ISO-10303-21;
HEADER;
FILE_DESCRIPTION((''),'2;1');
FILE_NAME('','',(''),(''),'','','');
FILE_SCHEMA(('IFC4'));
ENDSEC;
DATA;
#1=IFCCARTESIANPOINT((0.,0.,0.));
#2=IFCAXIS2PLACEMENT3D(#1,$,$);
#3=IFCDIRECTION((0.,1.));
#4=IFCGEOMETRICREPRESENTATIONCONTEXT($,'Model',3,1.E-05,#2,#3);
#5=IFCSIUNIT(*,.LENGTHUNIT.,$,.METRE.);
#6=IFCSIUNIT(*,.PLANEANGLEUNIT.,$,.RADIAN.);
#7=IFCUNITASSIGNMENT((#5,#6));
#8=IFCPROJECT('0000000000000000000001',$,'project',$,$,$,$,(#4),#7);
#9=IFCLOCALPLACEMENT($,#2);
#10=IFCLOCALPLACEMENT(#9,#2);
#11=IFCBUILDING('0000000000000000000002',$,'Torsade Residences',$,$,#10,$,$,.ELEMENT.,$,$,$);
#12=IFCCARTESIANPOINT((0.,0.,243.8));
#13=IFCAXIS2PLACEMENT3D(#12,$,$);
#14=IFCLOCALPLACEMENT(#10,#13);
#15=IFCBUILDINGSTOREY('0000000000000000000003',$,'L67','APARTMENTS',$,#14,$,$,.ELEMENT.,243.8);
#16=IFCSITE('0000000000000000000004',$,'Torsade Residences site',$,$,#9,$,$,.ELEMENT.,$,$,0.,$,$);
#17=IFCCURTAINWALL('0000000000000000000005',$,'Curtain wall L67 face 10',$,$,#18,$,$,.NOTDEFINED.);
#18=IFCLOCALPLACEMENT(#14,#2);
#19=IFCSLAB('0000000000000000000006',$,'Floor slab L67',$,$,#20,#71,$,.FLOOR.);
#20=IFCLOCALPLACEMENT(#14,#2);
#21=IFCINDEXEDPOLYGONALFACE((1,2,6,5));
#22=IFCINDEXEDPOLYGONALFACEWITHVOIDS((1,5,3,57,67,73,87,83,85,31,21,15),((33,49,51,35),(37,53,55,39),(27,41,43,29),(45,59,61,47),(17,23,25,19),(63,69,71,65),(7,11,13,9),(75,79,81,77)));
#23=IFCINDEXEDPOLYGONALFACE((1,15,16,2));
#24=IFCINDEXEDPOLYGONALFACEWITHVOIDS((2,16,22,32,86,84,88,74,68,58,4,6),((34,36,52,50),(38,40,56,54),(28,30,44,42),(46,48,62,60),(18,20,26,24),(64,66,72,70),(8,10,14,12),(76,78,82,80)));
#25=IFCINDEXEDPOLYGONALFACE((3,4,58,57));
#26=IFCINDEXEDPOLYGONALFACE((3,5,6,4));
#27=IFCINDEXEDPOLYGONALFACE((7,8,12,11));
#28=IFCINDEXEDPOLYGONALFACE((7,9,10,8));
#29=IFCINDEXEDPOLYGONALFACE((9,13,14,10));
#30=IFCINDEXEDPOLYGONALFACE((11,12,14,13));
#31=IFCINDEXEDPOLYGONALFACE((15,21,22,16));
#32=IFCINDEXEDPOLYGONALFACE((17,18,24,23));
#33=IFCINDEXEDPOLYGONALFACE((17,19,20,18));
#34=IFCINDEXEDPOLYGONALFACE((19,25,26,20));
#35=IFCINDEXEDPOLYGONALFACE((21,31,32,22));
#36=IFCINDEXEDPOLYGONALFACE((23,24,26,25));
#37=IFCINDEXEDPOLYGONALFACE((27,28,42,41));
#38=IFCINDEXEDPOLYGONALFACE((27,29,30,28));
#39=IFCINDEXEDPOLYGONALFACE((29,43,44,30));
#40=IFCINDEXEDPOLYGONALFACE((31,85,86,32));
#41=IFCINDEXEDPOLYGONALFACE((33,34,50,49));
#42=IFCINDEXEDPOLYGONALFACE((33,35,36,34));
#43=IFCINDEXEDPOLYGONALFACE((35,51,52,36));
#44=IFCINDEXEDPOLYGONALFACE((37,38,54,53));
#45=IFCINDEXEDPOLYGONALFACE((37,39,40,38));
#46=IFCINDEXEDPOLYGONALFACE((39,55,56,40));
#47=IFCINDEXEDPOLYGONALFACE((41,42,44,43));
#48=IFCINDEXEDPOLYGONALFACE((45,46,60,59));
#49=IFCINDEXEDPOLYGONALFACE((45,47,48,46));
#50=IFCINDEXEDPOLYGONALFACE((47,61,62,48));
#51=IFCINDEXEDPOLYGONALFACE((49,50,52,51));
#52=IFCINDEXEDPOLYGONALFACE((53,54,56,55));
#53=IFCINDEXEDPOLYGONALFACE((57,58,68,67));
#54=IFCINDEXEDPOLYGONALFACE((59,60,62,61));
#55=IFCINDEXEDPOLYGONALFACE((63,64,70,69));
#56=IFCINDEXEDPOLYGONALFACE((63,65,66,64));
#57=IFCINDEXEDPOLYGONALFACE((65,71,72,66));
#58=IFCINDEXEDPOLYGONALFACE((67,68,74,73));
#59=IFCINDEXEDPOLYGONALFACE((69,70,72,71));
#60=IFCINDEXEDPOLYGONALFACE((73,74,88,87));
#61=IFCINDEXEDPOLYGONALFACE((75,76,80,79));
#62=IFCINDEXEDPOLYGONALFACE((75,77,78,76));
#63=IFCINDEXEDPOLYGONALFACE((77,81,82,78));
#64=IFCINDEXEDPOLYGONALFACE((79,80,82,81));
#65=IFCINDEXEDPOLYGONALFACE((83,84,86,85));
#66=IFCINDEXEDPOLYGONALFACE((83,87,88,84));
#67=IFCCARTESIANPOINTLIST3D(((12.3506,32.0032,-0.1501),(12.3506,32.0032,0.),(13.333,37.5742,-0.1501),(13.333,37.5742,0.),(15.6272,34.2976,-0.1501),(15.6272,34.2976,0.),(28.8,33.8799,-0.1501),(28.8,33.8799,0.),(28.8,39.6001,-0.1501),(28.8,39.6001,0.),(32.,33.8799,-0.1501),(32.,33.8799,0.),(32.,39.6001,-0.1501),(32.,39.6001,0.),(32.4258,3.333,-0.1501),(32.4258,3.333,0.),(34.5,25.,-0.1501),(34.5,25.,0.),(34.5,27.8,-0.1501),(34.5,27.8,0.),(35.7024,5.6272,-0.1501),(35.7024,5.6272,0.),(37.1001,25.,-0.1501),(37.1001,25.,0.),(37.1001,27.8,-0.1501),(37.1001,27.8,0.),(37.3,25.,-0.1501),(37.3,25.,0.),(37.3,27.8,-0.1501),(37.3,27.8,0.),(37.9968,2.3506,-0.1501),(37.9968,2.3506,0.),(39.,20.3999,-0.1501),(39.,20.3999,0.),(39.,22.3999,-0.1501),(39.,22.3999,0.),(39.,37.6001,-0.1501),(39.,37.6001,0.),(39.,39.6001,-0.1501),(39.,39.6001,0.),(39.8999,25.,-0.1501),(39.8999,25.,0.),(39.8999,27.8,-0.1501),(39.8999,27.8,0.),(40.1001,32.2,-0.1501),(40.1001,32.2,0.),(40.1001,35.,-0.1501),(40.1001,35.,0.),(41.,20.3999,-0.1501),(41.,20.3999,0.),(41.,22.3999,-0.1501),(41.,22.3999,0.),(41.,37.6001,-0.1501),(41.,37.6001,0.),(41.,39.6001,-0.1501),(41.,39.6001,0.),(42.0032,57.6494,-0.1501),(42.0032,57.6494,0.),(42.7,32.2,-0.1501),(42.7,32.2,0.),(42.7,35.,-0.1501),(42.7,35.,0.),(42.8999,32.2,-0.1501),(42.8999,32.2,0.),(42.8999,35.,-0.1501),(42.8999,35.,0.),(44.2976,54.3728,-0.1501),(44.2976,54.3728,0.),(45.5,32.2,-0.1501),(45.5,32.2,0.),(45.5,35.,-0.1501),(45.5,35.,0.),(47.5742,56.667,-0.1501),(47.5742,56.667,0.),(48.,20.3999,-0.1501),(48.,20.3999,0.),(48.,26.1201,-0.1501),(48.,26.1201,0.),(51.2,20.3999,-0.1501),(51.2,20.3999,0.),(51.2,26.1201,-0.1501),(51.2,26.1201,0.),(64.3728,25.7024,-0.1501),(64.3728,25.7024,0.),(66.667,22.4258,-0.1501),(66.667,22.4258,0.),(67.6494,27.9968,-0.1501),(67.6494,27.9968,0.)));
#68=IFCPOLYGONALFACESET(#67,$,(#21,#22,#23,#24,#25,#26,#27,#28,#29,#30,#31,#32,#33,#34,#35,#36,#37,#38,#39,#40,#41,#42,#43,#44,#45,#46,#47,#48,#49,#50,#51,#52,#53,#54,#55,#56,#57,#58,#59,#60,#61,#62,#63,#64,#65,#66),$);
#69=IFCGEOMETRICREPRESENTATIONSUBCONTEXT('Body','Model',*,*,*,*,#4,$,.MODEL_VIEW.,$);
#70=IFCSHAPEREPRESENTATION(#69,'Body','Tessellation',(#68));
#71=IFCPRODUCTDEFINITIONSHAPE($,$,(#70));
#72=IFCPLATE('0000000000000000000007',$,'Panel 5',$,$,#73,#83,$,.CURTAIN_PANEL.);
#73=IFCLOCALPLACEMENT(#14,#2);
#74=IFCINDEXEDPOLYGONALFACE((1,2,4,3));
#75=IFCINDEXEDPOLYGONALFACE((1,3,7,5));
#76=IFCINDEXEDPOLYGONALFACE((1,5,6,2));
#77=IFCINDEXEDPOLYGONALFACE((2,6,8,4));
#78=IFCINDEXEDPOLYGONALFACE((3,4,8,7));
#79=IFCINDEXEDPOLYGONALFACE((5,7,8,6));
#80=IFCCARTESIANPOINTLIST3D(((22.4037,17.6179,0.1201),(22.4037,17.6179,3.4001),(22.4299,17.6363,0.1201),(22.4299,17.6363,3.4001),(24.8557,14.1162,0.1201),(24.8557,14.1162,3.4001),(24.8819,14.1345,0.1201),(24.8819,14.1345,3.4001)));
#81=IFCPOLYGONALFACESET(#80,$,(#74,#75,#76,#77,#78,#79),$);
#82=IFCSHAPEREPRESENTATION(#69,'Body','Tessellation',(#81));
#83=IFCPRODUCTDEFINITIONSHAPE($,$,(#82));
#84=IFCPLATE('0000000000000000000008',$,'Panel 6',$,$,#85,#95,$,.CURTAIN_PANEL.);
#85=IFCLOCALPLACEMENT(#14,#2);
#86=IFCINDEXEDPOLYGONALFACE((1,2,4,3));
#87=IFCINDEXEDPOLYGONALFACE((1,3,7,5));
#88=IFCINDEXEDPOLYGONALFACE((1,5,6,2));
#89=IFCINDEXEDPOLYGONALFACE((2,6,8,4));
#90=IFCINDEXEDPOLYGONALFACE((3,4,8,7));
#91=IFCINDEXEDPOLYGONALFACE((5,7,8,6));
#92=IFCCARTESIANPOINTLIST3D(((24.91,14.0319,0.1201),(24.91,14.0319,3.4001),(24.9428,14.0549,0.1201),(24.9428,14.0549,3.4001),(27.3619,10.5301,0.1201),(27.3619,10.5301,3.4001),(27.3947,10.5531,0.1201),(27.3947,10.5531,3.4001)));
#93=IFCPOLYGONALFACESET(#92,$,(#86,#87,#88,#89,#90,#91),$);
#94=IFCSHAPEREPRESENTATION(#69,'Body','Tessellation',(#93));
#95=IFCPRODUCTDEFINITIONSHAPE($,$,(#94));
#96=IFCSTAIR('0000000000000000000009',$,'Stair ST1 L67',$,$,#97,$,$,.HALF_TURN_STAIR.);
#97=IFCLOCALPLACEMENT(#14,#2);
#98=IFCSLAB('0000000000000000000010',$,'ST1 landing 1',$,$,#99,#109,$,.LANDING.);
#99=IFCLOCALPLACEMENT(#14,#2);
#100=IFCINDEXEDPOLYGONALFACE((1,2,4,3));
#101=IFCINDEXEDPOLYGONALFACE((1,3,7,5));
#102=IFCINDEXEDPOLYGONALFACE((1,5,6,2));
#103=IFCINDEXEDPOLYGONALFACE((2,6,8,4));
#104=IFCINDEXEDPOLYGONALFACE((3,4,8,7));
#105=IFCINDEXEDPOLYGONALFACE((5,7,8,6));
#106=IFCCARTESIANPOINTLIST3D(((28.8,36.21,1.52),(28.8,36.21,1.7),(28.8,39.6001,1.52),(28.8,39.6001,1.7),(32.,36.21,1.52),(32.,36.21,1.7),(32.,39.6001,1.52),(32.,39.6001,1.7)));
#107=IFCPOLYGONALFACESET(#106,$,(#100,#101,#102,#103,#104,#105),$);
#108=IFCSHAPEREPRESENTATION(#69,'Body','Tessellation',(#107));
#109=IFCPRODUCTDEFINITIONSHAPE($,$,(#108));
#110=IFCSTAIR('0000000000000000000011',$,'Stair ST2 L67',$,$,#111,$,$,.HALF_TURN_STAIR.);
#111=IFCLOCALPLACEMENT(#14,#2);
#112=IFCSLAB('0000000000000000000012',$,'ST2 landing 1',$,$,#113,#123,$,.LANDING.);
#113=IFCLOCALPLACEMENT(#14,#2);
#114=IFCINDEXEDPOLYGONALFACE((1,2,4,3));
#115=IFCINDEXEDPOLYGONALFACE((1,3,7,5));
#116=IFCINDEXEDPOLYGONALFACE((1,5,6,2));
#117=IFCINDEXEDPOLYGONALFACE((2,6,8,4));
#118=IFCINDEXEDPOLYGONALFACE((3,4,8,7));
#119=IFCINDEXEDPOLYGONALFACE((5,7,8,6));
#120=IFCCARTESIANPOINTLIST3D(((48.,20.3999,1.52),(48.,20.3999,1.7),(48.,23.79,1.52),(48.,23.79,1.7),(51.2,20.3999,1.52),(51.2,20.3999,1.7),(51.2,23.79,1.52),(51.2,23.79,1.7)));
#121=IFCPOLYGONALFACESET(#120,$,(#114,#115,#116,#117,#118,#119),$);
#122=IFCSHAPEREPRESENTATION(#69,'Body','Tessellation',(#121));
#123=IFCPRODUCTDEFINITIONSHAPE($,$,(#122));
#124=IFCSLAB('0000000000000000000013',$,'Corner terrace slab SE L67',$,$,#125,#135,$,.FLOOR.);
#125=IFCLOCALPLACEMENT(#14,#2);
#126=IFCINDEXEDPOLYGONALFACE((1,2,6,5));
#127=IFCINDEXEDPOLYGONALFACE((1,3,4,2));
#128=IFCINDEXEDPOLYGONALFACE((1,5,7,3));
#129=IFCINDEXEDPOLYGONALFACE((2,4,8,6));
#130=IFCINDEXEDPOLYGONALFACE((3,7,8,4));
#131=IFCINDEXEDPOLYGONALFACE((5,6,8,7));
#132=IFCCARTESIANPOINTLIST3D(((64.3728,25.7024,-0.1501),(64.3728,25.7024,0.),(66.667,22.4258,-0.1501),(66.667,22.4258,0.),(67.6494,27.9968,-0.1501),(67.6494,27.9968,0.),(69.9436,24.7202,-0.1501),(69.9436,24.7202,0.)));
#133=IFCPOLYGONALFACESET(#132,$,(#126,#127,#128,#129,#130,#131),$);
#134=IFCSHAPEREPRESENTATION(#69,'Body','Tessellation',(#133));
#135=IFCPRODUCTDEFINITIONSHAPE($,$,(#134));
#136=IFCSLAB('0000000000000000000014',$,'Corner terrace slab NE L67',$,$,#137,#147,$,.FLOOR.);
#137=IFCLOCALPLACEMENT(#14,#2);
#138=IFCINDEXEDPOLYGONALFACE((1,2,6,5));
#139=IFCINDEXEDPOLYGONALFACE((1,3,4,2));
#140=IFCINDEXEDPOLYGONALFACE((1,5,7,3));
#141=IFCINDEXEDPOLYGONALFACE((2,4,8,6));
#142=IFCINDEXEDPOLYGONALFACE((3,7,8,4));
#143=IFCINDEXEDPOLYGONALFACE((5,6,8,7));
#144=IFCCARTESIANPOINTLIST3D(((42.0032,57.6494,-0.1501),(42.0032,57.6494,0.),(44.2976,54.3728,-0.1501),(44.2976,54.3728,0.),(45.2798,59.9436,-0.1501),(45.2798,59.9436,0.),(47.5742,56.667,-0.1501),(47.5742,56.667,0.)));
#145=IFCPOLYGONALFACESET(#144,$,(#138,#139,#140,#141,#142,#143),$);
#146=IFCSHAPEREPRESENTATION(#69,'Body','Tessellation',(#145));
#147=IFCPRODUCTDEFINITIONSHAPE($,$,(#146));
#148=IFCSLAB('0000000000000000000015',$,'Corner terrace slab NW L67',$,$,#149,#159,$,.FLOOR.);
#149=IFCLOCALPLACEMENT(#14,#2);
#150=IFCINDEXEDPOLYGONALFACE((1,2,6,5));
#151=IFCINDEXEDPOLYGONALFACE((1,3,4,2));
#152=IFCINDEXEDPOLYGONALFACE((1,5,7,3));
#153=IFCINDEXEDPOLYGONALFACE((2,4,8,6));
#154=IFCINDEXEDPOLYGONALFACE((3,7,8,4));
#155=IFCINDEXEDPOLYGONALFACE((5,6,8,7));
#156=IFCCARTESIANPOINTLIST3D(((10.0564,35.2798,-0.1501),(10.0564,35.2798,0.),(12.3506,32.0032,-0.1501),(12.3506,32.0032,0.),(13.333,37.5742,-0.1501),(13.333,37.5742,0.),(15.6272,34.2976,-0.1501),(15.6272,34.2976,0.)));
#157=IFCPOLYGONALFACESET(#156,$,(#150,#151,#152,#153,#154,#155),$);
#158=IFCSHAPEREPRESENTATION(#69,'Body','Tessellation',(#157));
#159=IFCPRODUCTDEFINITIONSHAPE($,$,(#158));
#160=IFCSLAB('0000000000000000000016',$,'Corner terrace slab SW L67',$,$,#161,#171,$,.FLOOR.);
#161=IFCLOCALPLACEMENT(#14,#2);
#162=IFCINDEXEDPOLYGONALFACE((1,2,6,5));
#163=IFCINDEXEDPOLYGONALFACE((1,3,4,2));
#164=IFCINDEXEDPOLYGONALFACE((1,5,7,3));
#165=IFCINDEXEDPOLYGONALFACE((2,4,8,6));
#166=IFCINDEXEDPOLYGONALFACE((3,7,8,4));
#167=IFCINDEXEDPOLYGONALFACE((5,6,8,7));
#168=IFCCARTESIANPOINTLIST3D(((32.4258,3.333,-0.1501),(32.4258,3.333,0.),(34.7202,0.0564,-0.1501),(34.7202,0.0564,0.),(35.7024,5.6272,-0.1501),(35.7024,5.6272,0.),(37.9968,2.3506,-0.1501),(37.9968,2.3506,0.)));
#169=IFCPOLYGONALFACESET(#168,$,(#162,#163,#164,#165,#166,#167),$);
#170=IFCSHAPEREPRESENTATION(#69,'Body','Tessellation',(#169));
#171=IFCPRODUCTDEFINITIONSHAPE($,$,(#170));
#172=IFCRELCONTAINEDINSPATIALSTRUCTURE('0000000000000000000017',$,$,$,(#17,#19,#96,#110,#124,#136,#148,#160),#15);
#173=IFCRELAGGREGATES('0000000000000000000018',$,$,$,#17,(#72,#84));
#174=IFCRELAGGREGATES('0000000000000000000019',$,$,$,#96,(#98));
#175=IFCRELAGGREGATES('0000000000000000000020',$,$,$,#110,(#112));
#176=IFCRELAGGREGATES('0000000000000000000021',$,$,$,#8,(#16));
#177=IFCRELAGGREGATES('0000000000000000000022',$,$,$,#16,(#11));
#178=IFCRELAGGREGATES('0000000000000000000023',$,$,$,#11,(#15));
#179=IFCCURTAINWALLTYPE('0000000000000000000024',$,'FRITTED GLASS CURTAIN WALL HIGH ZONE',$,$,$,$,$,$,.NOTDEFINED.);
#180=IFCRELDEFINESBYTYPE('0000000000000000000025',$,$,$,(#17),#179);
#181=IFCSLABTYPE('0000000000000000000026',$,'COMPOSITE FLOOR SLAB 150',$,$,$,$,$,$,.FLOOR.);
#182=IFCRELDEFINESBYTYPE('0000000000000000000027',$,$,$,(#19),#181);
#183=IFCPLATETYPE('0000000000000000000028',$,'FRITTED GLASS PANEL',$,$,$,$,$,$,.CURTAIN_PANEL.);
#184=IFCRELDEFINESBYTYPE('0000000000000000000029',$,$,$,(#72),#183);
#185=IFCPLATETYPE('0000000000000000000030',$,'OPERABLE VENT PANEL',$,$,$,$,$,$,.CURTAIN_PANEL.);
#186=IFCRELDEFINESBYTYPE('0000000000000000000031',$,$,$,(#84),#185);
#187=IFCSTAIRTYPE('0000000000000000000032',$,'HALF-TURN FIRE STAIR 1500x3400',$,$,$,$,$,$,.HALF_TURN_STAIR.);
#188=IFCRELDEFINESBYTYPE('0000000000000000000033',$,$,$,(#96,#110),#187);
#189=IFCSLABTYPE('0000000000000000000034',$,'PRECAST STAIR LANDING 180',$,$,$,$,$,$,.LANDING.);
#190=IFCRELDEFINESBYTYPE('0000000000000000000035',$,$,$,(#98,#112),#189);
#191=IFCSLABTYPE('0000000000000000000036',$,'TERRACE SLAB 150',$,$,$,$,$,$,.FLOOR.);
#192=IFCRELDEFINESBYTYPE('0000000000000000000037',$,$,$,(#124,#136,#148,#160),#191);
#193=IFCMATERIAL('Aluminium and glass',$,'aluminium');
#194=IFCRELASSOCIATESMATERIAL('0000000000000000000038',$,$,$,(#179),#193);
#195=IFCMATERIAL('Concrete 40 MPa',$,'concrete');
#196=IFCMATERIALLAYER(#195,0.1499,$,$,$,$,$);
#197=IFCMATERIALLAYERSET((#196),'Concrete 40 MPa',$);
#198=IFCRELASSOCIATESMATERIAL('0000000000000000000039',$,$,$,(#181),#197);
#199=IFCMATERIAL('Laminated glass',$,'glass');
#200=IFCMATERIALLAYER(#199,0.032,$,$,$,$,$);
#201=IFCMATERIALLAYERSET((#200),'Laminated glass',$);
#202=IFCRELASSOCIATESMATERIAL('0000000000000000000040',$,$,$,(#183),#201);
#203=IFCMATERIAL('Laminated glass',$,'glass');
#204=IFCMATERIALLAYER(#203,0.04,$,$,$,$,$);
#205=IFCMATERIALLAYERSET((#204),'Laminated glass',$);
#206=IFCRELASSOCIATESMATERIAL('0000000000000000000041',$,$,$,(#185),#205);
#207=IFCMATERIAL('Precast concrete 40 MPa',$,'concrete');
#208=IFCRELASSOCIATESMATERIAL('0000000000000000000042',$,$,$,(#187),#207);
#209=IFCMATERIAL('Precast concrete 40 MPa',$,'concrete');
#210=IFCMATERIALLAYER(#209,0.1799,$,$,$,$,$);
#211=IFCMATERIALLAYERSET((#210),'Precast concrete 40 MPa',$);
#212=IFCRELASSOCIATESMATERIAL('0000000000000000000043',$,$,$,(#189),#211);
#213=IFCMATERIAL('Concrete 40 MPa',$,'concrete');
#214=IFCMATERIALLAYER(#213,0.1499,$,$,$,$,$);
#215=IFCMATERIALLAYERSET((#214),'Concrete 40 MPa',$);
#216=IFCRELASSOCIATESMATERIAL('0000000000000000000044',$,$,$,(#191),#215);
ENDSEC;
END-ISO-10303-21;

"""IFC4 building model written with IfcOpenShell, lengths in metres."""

from ifc_helpers import new_model, si_unit, direction, frame, origin, origin_2d, place, context, subcontext, project, spatial, polyline, rectangle, outline, extrude, material, layer, layer_set, type_object, element, aggregate, save


model = new_model("IFC4")

# Units and contexts
model_context = context("Model", 3, precision=1e-05, world=origin(), true_north=direction((0.0, 1.0)))
body_context = subcontext(model_context, "Body", "Model", "MODEL_VIEW")
ifc_project = project(units=[si_unit("LENGTHUNIT", "METRE"), si_unit("PLANEANGLEUNIT", "RADIAN")], contexts=[model_context])

# Site, building, storey
site_placement = place(None, origin())
site = spatial("IfcSite", under=ifc_project, at=site_placement, Name="Torsade Residences site", CompositionType="ELEMENT", RefElevation=0.0)
building_placement = place(site_placement, origin())
building = spatial("IfcBuilding", under=site, at=building_placement, Name="Torsade Residences", CompositionType="ELEMENT")
storey_placement = place(building_placement, frame((0.0, 0.0, 243.8)))
storey = spatial("IfcBuildingStorey", under=building, at=storey_placement, Name="L67", Description="APARTMENTS", CompositionType="ELEMENT", Elevation=243.8)

# Curtain wall
ifc_material_1 = material(Name="Aluminium and glass", Category="aluminium")
curtain_wall_type = type_object("IfcCurtainWallType", Name="FRITTED GLASS CURTAIN WALL HIGH ZONE", PredefinedType="NOTDEFINED", material=ifc_material_1)
curtain_wall_placement = place(storey_placement, origin())
curtain_wall = element("IfcCurtainWall", 1, at=curtain_wall_placement, inside=storey, type_object=curtain_wall_type, Name="Curtain wall L67 face 10", PredefinedType="NOTDEFINED")

# Slab
ifc_material_2 = material(Name="Concrete 40 MPa", Category="concrete")
ifc_layer_1 = layer(ifc_material_2, 0.1499)
ifc_layer_set_1 = layer_set([ifc_layer_1], Name="Concrete 40 MPa")
slab_type_1 = type_object("IfcSlabType", Name="COMPOSITE FLOOR SLAB 150", PredefinedType="FLOOR", material=ifc_layer_set_1)
slab_1_placement = place(storey_placement, frame((0.0, 0.0, -0.1501)))
element("IfcSlab", 2, at=slab_1_placement, inside=storey, type_object=slab_type_1, Name="Floor slab L67", PredefinedType="FLOOR", context=body_context, shape_type="SweptSolid", body=[
    extrude(outline(polyline([(37.9968, 2.3506), (66.667, 22.4258), (64.3728, 25.7024), (67.6494, 27.9968), (47.5742, 56.667), (44.2976, 54.3728), (42.0032, 57.6494), (13.333, 37.5742), (15.6272, 34.2976), (12.3506, 32.0032), (32.4258, 3.333), (35.7024, 5.6272), (37.9968, 2.3506)]), holes=[polyline([(51.2, 26.1201), (48.0, 26.1201), (48.0, 20.3999), (51.2, 20.3999), (51.2, 26.1201)]), polyline([(45.5, 35.0), (42.8999, 35.0), (42.8999, 32.2), (45.5, 32.2), (45.5, 35.0)]), polyline([(42.7, 35.0), (40.1001, 35.0), (40.1001, 32.2), (42.7, 32.2), (42.7, 35.0)]), polyline([(41.0, 22.3999), (39.0, 22.3999), (39.0, 20.3999), (41.0, 20.3999), (41.0, 22.3999)]), polyline([(41.0, 39.6001), (39.0, 39.6001), (39.0, 37.6001), (41.0, 37.6001), (41.0, 39.6001)]), polyline([(39.8999, 27.8), (37.3, 27.8), (37.3, 25.0), (39.8999, 25.0), (39.8999, 27.8)]), polyline([(37.1001, 27.8), (34.5, 27.8), (34.5, 25.0), (37.1001, 25.0), (37.1001, 27.8)]), polyline([(32.0, 39.6001), (28.8, 39.6001), (28.8, 33.8799), (32.0, 33.8799), (32.0, 39.6001)])]), origin(), (0.0, 0.0, 1.0), 0.1501),
])

# Plates
ifc_material_3 = material(Name="Laminated glass", Category="glass")
ifc_layer_2 = layer(ifc_material_3, 0.032)
ifc_layer_set_2 = layer_set([ifc_layer_2], Name="Laminated glass")
plate_type_1 = type_object("IfcPlateType", Name="FRITTED GLASS PANEL", PredefinedType="CURTAIN_PANEL", material=ifc_layer_set_2)
plate_1_placement = place(storey_placement, frame((23.6428, 15.8762, 0.1201), z_axis=(0.0, 0.0, 1.0), x_axis=(0.573576, -0.819152, 0.0)))
plate_1 = element("IfcPlate", 3, at=plate_1_placement, type_object=plate_type_1, Name="Panel 5", PredefinedType="CURTAIN_PANEL", context=body_context, shape_type="SweptSolid", body=[
    extrude(rectangle(XDim=4.2749, YDim=0.032, at=origin_2d()), origin(), (0.0, 0.0, 1.0), 3.28),
])
ifc_material_4 = material(Name="Laminated glass", Category="glass")
ifc_layer_3 = layer(ifc_material_4, 0.04)
ifc_layer_set_3 = layer_set([ifc_layer_3], Name="Laminated glass")
plate_type_2 = type_object("IfcPlateType", Name="OPERABLE VENT PANEL", PredefinedType="CURTAIN_PANEL", material=ifc_layer_set_3)
plate_2_placement = place(storey_placement, frame((26.1523, 12.2925, 0.1201), z_axis=(0.0, 0.0, 1.0), x_axis=(0.573576, -0.819152, 0.0)))
plate_2 = element("IfcPlate", 4, at=plate_2_placement, type_object=plate_type_2, Name="Panel 6", PredefinedType="CURTAIN_PANEL", context=body_context, shape_type="SweptSolid", body=[
    extrude(rectangle(XDim=4.2749, YDim=0.04, at=origin_2d()), origin(), (0.0, 0.0, 1.0), 3.28),
])
aggregate(curtain_wall, [plate_1, plate_2])

# Stairs, slabs
ifc_material_5 = material(Name="Precast concrete 40 MPa", Category="concrete")
stair_type = type_object("IfcStairType", Name="HALF-TURN FIRE STAIR 1500x3400", PredefinedType="HALF_TURN_STAIR", material=ifc_material_5)
stair_1_placement = place(storey_placement, origin())
stair_1 = element("IfcStair", 5, at=stair_1_placement, inside=storey, type_object=stair_type, Name="Stair ST1 L67", PredefinedType="HALF_TURN_STAIR")
ifc_material_6 = material(Name="Precast concrete 40 MPa", Category="concrete")
ifc_layer_4 = layer(ifc_material_6, 0.1799)
ifc_layer_set_4 = layer_set([ifc_layer_4], Name="Precast concrete 40 MPa")
slab_type_2 = type_object("IfcSlabType", Name="PRECAST STAIR LANDING 180", PredefinedType="LANDING", material=ifc_layer_set_4)
slab_2_placement = place(storey_placement, frame((0.0, 0.0, 1.52)))
slab_2 = element("IfcSlab", 6, at=slab_2_placement, type_object=slab_type_2, Name="ST1 landing 1", PredefinedType="LANDING", context=body_context, shape_type="SweptSolid", body=[
    extrude(outline(polyline([(28.8, 36.21), (32.0, 36.21), (32.0, 39.6001), (28.8, 39.6001), (28.8, 36.21)])), origin(), (0.0, 0.0, 1.0), 0.1799),
])
aggregate(stair_1, [slab_2])
stair_2_placement = place(storey_placement, origin())
stair_2 = element("IfcStair", 7, at=stair_2_placement, inside=storey, type_object=stair_type, Name="Stair ST2 L67", PredefinedType="HALF_TURN_STAIR")
slab_3_placement = place(storey_placement, frame((0.0, 0.0, 1.52)))
slab_3 = element("IfcSlab", 8, at=slab_3_placement, type_object=slab_type_2, Name="ST2 landing 1", PredefinedType="LANDING", context=body_context, shape_type="SweptSolid", body=[
    extrude(outline(polyline([(48.0, 20.3999), (51.2, 20.3999), (51.2, 23.79), (48.0, 23.79), (48.0, 20.3999)])), origin(), (0.0, 0.0, 1.0), 0.1799),
])
aggregate(stair_2, [slab_3])

# Slabs
ifc_material_7 = material(Name="Concrete 40 MPa", Category="concrete")
ifc_layer_5 = layer(ifc_material_7, 0.1499)
ifc_layer_set_5 = layer_set([ifc_layer_5], Name="Concrete 40 MPa")
slab_type_3 = type_object("IfcSlabType", Name="TERRACE SLAB 150", PredefinedType="FLOOR", material=ifc_layer_set_5)
slab_4_placement = place(storey_placement, frame((0.0, 0.0, -0.1501)))
element("IfcSlab", 9, at=slab_4_placement, inside=storey, type_object=slab_type_3, Name="Corner terrace slab SE L67", PredefinedType="FLOOR", context=body_context, shape_type="SweptSolid", body=[
    extrude(outline(polyline([(66.667, 22.4258), (69.9436, 24.7202), (67.6494, 27.9968), (64.3728, 25.7024), (66.667, 22.4258)])), origin(), (0.0, 0.0, 1.0), 0.1501),
])
slab_5_placement = place(storey_placement, frame((0.0, 0.0, -0.1501)))
element("IfcSlab", 10, at=slab_5_placement, inside=storey, type_object=slab_type_3, Name="Corner terrace slab NE L67", PredefinedType="FLOOR", context=body_context, shape_type="SweptSolid", body=[
    extrude(outline(polyline([(44.2976, 54.3728), (47.5742, 56.667), (45.2798, 59.9436), (42.0032, 57.6494), (44.2976, 54.3728)])), origin(), (0.0, 0.0, 1.0), 0.1501),
])
slab_6_placement = place(storey_placement, frame((0.0, 0.0, -0.1501)))
element("IfcSlab", 11, at=slab_6_placement, inside=storey, type_object=slab_type_3, Name="Corner terrace slab NW L67", PredefinedType="FLOOR", context=body_context, shape_type="SweptSolid", body=[
    extrude(outline(polyline([(12.3506, 32.0032), (15.6272, 34.2976), (13.333, 37.5742), (10.0564, 35.2798), (12.3506, 32.0032)])), origin(), (0.0, 0.0, 1.0), 0.1501),
])
slab_7_placement = place(storey_placement, frame((0.0, 0.0, -0.1501)))
element("IfcSlab", 12, at=slab_7_placement, inside=storey, type_object=slab_type_3, Name="Corner terrace slab SW L67", PredefinedType="FLOOR", context=body_context, shape_type="SweptSolid", body=[
    extrude(outline(polyline([(34.7202, 0.0564), (37.9968, 2.3506), (35.7024, 5.6272), (32.4258, 3.333), (34.7202, 0.0564)])), origin(), (0.0, 0.0, 1.0), 0.1501),
])

save(model, "model.ifc")
